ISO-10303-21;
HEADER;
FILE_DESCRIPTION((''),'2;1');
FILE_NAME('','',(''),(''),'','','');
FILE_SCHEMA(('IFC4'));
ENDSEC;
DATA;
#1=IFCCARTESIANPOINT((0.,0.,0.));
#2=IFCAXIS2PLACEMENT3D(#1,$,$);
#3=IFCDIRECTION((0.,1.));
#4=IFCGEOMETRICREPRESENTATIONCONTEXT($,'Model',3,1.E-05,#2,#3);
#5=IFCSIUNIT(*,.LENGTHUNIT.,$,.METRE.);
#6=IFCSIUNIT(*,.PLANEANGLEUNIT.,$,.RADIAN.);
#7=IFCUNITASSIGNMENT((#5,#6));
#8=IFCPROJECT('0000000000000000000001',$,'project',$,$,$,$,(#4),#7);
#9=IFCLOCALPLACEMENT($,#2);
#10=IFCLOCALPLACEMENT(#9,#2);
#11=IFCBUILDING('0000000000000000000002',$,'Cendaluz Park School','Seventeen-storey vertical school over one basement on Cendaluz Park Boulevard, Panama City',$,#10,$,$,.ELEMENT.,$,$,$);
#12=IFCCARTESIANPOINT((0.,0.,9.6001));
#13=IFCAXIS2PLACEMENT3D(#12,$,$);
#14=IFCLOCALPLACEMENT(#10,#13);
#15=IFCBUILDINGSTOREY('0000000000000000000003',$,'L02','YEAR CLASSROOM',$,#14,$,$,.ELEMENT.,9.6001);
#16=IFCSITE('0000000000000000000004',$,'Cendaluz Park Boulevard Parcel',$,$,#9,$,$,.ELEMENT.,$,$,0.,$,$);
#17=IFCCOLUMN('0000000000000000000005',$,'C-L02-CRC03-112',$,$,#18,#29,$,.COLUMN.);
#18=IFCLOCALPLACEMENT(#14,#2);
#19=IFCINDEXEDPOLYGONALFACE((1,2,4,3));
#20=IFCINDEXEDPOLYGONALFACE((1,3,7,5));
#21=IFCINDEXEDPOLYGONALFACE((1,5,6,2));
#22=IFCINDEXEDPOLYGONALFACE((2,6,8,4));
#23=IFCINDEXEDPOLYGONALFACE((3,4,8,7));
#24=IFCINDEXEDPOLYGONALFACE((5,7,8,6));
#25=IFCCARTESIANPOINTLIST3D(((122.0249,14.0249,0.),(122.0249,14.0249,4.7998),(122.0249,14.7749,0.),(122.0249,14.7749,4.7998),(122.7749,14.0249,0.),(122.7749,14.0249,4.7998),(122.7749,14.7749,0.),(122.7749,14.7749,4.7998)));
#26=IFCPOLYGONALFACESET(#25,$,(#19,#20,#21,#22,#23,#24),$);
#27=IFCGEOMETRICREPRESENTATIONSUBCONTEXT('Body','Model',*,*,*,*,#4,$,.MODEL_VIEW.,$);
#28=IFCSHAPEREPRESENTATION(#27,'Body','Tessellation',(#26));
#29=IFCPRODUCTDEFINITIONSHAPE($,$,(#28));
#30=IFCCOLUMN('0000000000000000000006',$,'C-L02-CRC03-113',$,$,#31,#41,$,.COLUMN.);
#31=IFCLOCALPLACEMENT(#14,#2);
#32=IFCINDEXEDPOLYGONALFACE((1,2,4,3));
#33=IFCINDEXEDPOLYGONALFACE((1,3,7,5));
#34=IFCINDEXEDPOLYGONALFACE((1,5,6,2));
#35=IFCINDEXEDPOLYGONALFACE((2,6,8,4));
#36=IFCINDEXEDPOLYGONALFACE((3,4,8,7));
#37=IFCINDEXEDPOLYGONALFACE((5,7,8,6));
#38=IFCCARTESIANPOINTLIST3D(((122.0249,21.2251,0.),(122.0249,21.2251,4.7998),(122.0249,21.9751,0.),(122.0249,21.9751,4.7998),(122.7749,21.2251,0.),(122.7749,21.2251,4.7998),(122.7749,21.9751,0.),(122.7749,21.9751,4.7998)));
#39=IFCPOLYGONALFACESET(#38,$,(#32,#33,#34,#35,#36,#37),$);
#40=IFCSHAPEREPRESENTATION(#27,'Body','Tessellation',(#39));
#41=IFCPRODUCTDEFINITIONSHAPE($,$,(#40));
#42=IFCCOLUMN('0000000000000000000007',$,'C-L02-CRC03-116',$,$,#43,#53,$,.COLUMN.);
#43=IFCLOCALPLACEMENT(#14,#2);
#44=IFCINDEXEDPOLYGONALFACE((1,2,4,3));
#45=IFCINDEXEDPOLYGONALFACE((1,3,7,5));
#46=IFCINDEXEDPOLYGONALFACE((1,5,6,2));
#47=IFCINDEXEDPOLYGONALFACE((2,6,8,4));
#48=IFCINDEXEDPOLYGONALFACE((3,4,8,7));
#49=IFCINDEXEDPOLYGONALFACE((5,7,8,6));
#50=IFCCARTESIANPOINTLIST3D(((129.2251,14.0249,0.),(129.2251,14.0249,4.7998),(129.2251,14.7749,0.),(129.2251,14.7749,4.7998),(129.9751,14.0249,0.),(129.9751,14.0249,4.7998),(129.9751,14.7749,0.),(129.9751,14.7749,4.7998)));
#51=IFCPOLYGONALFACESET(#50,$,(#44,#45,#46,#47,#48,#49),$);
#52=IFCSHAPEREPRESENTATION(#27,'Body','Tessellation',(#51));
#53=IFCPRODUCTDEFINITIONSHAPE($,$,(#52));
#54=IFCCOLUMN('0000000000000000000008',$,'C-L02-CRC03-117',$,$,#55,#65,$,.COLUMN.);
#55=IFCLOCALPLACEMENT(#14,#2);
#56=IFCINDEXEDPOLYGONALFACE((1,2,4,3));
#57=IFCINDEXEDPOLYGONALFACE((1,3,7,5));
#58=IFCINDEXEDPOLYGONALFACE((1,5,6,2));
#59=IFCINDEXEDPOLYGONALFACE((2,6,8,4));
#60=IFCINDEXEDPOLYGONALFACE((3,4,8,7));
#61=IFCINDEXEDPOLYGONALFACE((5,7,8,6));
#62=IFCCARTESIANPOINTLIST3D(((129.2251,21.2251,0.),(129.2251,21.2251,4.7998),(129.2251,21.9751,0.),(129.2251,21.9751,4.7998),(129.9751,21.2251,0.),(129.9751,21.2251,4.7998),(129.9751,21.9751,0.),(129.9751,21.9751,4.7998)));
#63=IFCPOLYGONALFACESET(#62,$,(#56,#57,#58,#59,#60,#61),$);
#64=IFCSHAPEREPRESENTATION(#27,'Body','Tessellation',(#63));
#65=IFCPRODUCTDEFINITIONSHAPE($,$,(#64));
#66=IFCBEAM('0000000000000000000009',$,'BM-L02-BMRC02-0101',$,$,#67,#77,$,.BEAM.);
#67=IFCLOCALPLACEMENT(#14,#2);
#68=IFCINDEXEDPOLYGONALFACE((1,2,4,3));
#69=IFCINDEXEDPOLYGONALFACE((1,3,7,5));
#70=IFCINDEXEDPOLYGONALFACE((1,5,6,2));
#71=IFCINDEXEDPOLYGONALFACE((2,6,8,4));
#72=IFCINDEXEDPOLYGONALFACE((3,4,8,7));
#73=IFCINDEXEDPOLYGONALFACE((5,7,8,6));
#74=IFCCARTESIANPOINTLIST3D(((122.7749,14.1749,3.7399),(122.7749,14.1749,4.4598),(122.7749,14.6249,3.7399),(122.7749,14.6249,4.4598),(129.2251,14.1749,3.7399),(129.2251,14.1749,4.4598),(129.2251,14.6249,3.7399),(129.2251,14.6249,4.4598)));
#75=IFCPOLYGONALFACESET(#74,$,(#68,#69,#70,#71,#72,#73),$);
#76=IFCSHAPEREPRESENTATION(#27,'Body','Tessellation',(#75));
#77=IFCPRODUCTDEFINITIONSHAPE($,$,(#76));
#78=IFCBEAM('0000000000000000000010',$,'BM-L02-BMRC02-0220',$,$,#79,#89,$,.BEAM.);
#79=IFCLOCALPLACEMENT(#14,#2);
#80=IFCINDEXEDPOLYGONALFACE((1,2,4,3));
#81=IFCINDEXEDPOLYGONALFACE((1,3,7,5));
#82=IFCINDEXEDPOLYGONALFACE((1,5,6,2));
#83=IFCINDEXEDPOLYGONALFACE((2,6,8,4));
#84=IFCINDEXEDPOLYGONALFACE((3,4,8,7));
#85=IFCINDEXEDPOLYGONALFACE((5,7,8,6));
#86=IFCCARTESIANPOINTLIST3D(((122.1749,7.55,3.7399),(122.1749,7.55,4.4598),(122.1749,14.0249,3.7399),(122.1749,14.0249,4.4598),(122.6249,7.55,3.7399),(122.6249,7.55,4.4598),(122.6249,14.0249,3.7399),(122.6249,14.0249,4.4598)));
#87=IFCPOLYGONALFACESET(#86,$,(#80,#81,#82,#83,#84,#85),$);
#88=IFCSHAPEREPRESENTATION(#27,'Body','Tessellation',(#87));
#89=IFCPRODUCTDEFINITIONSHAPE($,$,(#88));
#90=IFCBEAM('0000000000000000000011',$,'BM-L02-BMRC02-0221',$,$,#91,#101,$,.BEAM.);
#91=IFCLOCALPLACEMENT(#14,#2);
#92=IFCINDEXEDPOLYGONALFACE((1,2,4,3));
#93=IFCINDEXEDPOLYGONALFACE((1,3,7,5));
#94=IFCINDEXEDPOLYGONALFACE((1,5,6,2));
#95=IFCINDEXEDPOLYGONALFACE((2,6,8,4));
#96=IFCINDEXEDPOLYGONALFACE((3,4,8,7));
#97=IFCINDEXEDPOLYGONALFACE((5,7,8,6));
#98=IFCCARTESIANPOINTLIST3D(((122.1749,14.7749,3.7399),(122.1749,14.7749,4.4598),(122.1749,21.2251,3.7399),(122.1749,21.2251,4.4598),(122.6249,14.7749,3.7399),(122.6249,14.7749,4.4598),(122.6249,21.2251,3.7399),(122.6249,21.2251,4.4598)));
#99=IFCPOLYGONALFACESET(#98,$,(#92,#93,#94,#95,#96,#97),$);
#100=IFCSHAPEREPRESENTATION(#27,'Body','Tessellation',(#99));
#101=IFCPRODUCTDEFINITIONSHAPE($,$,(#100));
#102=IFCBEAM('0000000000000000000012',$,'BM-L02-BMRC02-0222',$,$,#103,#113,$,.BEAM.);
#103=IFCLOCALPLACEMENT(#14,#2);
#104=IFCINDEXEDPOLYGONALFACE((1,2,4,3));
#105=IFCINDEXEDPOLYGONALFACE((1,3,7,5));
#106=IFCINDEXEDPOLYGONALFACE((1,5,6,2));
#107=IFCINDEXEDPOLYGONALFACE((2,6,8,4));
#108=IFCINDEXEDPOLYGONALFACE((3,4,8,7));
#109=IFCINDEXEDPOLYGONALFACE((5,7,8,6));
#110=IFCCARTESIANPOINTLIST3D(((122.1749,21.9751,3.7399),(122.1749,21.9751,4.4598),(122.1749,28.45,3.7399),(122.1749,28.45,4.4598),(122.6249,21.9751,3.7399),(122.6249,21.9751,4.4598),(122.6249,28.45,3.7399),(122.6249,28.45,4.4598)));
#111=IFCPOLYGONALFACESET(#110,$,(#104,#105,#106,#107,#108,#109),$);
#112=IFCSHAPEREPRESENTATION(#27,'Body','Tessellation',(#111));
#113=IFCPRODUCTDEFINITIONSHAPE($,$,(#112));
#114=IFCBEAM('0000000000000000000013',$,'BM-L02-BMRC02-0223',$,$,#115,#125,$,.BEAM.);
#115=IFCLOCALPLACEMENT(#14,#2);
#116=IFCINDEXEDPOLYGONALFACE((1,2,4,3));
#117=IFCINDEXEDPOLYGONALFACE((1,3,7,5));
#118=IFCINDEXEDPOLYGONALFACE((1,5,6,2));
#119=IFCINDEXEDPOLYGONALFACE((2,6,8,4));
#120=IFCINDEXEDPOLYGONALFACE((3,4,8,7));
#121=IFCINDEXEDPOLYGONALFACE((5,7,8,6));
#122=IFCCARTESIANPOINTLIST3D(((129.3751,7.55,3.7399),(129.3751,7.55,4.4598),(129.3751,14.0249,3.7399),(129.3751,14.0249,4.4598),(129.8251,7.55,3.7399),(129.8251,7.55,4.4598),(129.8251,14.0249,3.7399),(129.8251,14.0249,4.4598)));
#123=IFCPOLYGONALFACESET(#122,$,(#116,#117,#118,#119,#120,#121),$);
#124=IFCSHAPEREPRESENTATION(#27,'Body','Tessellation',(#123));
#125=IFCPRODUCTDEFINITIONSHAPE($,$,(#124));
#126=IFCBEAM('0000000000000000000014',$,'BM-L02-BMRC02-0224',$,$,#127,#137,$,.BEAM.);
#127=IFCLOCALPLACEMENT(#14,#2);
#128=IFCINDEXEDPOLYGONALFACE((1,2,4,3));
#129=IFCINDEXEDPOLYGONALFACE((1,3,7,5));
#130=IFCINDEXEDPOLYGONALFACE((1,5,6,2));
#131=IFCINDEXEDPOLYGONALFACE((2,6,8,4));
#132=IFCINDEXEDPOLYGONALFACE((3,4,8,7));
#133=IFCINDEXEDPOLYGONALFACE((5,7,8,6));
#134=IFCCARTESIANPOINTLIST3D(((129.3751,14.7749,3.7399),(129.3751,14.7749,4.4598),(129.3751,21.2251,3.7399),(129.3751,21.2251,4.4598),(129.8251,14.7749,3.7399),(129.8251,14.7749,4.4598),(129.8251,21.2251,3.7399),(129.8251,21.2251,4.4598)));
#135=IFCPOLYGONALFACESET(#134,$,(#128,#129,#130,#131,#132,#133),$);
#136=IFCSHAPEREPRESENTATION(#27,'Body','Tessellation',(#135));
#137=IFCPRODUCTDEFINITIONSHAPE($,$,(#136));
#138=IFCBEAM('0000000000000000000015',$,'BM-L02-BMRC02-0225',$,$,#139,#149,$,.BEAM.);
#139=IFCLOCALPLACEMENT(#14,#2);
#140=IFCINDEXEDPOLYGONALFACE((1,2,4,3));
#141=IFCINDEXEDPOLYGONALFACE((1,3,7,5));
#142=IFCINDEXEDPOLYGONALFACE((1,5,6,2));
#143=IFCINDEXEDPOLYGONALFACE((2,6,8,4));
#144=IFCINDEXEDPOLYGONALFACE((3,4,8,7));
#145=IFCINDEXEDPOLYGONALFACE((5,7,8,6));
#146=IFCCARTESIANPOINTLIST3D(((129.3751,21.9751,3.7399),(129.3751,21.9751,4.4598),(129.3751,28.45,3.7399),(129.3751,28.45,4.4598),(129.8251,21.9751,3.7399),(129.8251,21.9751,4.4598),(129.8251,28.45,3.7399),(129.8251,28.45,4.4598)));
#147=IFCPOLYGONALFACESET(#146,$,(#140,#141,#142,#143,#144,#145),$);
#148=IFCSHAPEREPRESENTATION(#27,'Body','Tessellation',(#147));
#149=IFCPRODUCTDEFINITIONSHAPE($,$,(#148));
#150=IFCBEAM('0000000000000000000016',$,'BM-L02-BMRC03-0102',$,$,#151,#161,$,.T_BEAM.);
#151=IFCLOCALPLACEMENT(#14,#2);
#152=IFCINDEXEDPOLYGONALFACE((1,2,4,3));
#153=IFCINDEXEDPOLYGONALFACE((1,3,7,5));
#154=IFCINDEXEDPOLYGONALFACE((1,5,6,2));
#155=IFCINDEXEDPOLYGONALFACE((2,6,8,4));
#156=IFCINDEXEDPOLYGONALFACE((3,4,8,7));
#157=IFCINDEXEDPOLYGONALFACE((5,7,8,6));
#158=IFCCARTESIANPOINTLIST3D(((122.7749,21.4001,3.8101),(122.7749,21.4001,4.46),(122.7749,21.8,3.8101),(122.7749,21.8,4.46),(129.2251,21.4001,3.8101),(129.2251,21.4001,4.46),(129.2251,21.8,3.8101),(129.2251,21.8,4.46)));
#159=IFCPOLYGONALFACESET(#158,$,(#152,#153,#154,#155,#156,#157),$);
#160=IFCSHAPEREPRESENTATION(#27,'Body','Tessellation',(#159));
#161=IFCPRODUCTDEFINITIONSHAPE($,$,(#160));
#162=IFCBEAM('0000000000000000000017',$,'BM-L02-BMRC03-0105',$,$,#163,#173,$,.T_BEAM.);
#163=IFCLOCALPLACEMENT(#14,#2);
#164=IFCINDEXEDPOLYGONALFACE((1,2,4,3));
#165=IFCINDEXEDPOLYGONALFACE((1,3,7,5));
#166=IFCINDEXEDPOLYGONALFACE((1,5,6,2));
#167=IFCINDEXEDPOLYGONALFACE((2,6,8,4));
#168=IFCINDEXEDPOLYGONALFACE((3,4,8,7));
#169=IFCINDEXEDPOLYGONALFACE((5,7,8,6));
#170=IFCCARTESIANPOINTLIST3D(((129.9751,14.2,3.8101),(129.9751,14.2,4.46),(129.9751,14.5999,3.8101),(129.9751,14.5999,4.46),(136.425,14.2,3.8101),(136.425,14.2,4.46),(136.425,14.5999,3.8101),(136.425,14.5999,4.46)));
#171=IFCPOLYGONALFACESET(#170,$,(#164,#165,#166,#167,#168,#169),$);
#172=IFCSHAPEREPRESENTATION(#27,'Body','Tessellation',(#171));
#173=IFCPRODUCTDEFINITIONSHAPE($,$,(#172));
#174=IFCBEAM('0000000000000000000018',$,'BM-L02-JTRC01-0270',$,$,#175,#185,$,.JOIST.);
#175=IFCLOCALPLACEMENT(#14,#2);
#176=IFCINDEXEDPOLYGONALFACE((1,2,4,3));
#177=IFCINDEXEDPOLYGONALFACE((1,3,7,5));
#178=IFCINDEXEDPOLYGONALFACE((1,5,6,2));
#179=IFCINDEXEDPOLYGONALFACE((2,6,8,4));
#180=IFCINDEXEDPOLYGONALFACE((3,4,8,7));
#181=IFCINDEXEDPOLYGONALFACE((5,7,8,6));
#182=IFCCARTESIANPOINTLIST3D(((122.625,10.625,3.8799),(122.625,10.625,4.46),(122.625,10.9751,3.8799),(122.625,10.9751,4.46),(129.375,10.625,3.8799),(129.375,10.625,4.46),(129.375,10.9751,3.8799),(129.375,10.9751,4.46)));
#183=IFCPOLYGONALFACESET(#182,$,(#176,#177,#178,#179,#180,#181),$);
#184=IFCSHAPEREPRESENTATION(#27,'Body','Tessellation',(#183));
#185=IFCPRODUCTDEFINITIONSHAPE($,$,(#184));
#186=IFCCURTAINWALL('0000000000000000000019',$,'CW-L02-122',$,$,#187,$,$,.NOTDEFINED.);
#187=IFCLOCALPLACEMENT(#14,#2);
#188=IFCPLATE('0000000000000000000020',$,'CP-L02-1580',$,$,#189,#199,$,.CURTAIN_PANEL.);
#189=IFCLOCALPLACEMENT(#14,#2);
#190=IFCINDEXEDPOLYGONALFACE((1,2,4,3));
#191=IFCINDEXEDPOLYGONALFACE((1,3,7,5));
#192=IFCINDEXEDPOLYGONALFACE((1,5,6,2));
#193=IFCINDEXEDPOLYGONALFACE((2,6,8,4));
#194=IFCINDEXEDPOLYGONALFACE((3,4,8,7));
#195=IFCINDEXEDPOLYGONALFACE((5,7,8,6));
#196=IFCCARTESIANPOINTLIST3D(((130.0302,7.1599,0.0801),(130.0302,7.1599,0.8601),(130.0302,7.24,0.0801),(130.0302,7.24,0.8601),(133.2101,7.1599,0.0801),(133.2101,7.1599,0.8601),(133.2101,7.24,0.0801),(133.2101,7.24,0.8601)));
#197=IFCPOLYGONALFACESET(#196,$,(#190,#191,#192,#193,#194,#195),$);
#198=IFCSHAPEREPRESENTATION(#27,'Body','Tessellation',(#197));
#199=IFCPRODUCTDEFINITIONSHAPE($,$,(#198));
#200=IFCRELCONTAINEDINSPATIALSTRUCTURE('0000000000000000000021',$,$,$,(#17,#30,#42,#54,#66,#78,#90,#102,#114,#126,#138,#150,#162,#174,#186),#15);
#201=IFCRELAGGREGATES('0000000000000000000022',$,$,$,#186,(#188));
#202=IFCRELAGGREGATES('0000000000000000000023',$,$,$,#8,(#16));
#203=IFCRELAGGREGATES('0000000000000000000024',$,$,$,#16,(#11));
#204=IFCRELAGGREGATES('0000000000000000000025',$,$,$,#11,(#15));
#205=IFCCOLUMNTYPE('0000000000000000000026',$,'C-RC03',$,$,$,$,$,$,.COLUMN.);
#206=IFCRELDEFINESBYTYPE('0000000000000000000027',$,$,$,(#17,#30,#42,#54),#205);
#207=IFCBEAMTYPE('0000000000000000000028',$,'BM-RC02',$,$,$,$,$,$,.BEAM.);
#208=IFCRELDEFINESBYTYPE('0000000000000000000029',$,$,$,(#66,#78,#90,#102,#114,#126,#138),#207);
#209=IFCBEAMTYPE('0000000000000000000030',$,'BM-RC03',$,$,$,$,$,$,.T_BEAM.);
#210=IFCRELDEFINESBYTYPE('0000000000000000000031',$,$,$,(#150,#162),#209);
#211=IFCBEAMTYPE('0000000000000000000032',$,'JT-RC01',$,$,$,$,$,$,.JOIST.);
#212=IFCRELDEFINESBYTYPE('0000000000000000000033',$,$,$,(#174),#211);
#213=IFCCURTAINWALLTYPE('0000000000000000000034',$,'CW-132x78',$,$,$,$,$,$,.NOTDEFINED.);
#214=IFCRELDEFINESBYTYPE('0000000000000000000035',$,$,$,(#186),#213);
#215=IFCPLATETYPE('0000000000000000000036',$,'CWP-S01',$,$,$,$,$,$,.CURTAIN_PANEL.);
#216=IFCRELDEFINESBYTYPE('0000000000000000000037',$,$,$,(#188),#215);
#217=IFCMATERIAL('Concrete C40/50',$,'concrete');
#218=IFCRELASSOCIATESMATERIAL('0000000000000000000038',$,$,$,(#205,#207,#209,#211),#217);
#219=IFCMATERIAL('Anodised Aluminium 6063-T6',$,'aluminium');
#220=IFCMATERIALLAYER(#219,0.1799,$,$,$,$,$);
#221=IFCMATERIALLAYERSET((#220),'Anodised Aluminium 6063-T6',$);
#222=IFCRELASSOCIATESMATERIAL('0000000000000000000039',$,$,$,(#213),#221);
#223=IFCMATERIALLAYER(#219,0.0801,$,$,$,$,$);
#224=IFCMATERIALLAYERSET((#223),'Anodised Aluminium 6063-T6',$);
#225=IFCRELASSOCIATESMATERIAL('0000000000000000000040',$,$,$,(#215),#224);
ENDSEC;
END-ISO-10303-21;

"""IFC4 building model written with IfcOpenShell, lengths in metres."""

from ifc_helpers import new_model, si_unit, direction, frame, origin, origin_2d, place, context, subcontext, project, spatial, rectangle, extrude, material, layer, layer_set, material_profile, profile_set, type_object, element, aggregate, save


model = new_model("IFC4")

# Units and contexts
model_context = context("Model", 3, precision=1e-05, world=origin(), true_north=direction((0.0, 1.0)))
body_context = subcontext(model_context, "Body", "Model", "MODEL_VIEW")
ifc_project = project(units=[si_unit("LENGTHUNIT", "METRE"), si_unit("PLANEANGLEUNIT", "RADIAN")], contexts=[model_context])

# Site, building, storey
site_placement = place(None, origin())
site = spatial("IfcSite", under=ifc_project, at=site_placement, Name="Cendaluz Park Boulevard Parcel", CompositionType="ELEMENT", RefElevation=0.0)
building_placement = place(site_placement, origin())
building = spatial("IfcBuilding", under=site, at=building_placement, Name="Cendaluz Park School", Description="Seventeen-storey vertical school over one basement on Cendaluz Park Boulevard, Panama City", CompositionType="ELEMENT")
storey_placement = place(building_placement, frame((0.0, 0.0, 9.6001)))
storey = spatial("IfcBuildingStorey", under=building, at=storey_placement, Name="L02", Description="YEAR CLASSROOM", CompositionType="ELEMENT", Elevation=9.6001)

# Columns
ifc_material_1 = material(Name="Concrete C40/50", Category="concrete")
ifc_material_profile_1 = material_profile(ifc_material_1, rectangle(XDim=0.75, YDim=0.75, at=origin_2d()), Name="RC 750x750", Category="concrete")
ifc_profile_set_1 = profile_set([ifc_material_profile_1], Name="Concrete C40/50")
column_type = type_object("IfcColumnType", Name="C-RC03", PredefinedType="COLUMN", material=ifc_profile_set_1)
for number, where, z_axis, x_axis, name in (
    (1, (122.3999, 14.3999, 0.0), (0.0, 0.0, 1.0), (1.0, 0.0, 0.0), "C-L02-CRC03-112"),
    (2, (122.3999, 21.6001, 0.0), (0.0, 0.0, 1.0), (1.0, 0.0, 0.0), "C-L02-CRC03-113"),
    (3, (129.6001, 14.3999, 0.0), (0.0, 0.0, 1.0), (1.0, 0.0, 0.0), "C-L02-CRC03-116"),
    (4, (129.6001, 21.6001, 0.0), (0.0, 0.0, 1.0), (1.0, 0.0, 0.0), "C-L02-CRC03-117"),
):
    element("IfcColumn", number, at=place(storey_placement, frame(where, z_axis=z_axis, x_axis=x_axis)), inside=storey, type_object=column_type, Name=name, PredefinedType="COLUMN", context=body_context, shape_type="SweptSolid", body=[
        extrude(rectangle(XDim=0.75, YDim=0.75, at=origin_2d()), origin(), (0.0, 0.0, 1.0), 4.7998),
    ])

# Beams
ifc_material_profile_2 = material_profile(ifc_material_1, rectangle(XDim=0.45, YDim=0.72, at=origin_2d()), Name="RC 450x720", Category="concrete")
ifc_profile_set_2 = profile_set([ifc_material_profile_2], Name="Concrete C40/50")
beam_type_1 = type_object("IfcBeamType", Name="BM-RC02", PredefinedType="BEAM", material=ifc_profile_set_2)
beam_1_placement = place(storey_placement, frame((122.7749, 14.3999, 4.0999), z_axis=(1.0, 0.0, 0.0), x_axis=(0.0, 1.0, 0.0)))
element("IfcBeam", 5, at=beam_1_placement, inside=storey, type_object=beam_type_1, Name="BM-L02-BMRC02-0101", PredefinedType="BEAM", context=body_context, shape_type="SweptSolid", body=[
    extrude(rectangle(XDim=0.45, YDim=0.72, at=origin_2d()), origin(), (0.0, 0.0, 1.0), 6.4502),
])
beam_2_placement = place(storey_placement, frame((122.3999, 7.55, 4.0999), z_axis=(0.0, 1.0, 0.0), x_axis=(-1.0, 0.0, 0.0)))
element("IfcBeam", 6, at=beam_2_placement, inside=storey, type_object=beam_type_1, Name="BM-L02-BMRC02-0220", PredefinedType="BEAM", context=body_context, shape_type="SweptSolid", body=[
    extrude(rectangle(XDim=0.45, YDim=0.72, at=origin_2d()), origin(), (0.0, 0.0, 1.0), 6.4749),
])
beam_3_placement = place(storey_placement, frame((122.3999, 14.7749, 4.0999), z_axis=(0.0, 1.0, 0.0), x_axis=(-1.0, 0.0, 0.0)))
element("IfcBeam", 7, at=beam_3_placement, inside=storey, type_object=beam_type_1, Name="BM-L02-BMRC02-0221", PredefinedType="BEAM", context=body_context, shape_type="SweptSolid", body=[
    extrude(rectangle(XDim=0.45, YDim=0.72, at=origin_2d()), origin(), (0.0, 0.0, 1.0), 6.4502),
])
for number, where, z_axis, x_axis, name in (
    (8, (122.3999, 21.9751, 4.0999), (0.0, 1.0, 0.0), (-1.0, 0.0, 0.0), "BM-L02-BMRC02-0222"),
    (9, (129.6001, 7.55, 4.0999), (0.0, 1.0, 0.0), (-1.0, 0.0, 0.0), "BM-L02-BMRC02-0223"),
):
    element("IfcBeam", number, at=place(storey_placement, frame(where, z_axis=z_axis, x_axis=x_axis)), inside=storey, type_object=beam_type_1, Name=name, PredefinedType="BEAM", context=body_context, shape_type="SweptSolid", body=[
        extrude(rectangle(XDim=0.45, YDim=0.72, at=origin_2d()), origin(), (0.0, 0.0, 1.0), 6.4749),
    ])
beam_4_placement = place(storey_placement, frame((129.6001, 14.7749, 4.0999), z_axis=(0.0, 1.0, 0.0), x_axis=(-1.0, 0.0, 0.0)))
element("IfcBeam", 10, at=beam_4_placement, inside=storey, type_object=beam_type_1, Name="BM-L02-BMRC02-0224", PredefinedType="BEAM", context=body_context, shape_type="SweptSolid", body=[
    extrude(rectangle(XDim=0.45, YDim=0.72, at=origin_2d()), origin(), (0.0, 0.0, 1.0), 6.4502),
])
beam_5_placement = place(storey_placement, frame((129.6001, 21.9751, 4.0999), z_axis=(0.0, 1.0, 0.0), x_axis=(-1.0, 0.0, 0.0)))
element("IfcBeam", 11, at=beam_5_placement, inside=storey, type_object=beam_type_1, Name="BM-L02-BMRC02-0225", PredefinedType="BEAM", context=body_context, shape_type="SweptSolid", body=[
    extrude(rectangle(XDim=0.45, YDim=0.72, at=origin_2d()), origin(), (0.0, 0.0, 1.0), 6.4749),
])
ifc_material_profile_3 = material_profile(ifc_material_1, rectangle(XDim=0.3999, YDim=0.6499, at=origin_2d()), Name="RC 400x650", Category="concrete")
ifc_profile_set_3 = profile_set([ifc_material_profile_3], Name="Concrete C40/50")
beam_type_2 = type_object("IfcBeamType", Name="BM-RC03", PredefinedType="T_BEAM", material=ifc_profile_set_3)
beam_6_placement = place(storey_placement, frame((122.7749, 21.6001, 4.135), z_axis=(1.0, 0.0, 0.0), x_axis=(0.0, 1.0, 0.0)))
element("IfcBeam", 12, at=beam_6_placement, inside=storey, type_object=beam_type_2, Name="BM-L02-BMRC03-0102", PredefinedType="T_BEAM", context=body_context, shape_type="SweptSolid", body=[
    extrude(rectangle(XDim=0.3999, YDim=0.6499, at=origin_2d()), origin(), (0.0, 0.0, 1.0), 6.4502),
])
beam_7_placement = place(storey_placement, frame((129.9751, 14.3999, 4.135), z_axis=(1.0, 0.0, 0.0), x_axis=(0.0, 1.0, 0.0)))
element("IfcBeam", 13, at=beam_7_placement, inside=storey, type_object=beam_type_2, Name="BM-L02-BMRC03-0105", PredefinedType="T_BEAM", context=body_context, shape_type="SweptSolid", body=[
    extrude(rectangle(XDim=0.3999, YDim=0.6499, at=origin_2d()), origin(), (0.0, 0.0, 1.0), 6.45),
])
ifc_material_profile_4 = material_profile(ifc_material_1, rectangle(XDim=0.3501, YDim=0.5801, at=origin_2d()), Name="RC 350x580", Category="concrete")
ifc_profile_set_4 = profile_set([ifc_material_profile_4], Name="Concrete C40/50")
beam_type_3 = type_object("IfcBeamType", Name="JT-RC01", PredefinedType="JOIST", material=ifc_profile_set_4)
beam_8_placement = place(storey_placement, frame((122.625, 10.8, 4.1699), z_axis=(1.0, 0.0, 0.0), x_axis=(0.0, 1.0, 0.0)))
element("IfcBeam", 14, at=beam_8_placement, inside=storey, type_object=beam_type_3, Name="BM-L02-JTRC01-0270", PredefinedType="JOIST", context=body_context, shape_type="SweptSolid", body=[
    extrude(rectangle(XDim=0.3501, YDim=0.5801, at=origin_2d()), origin(), (0.0, 0.0, 1.0), 6.75),
])

# Curtain wall, plate
ifc_material_2 = material(Name="Anodised Aluminium 6063-T6", Category="aluminium")
ifc_layer_1 = layer(ifc_material_2, 0.1799)
ifc_layer_set_1 = layer_set([ifc_layer_1], Name="Anodised Aluminium 6063-T6")
curtain_wall_type = type_object("IfcCurtainWallType", Name="CW-132x78", PredefinedType="NOTDEFINED", material=ifc_layer_set_1)
curtain_wall_placement = place(storey_placement, origin())
curtain_wall = element("IfcCurtainWall", 15, at=curtain_wall_placement, inside=storey, type_object=curtain_wall_type, Name="CW-L02-122", PredefinedType="NOTDEFINED")
ifc_layer_2 = layer(ifc_material_2, 0.0801)
ifc_layer_set_2 = layer_set([ifc_layer_2], Name="Anodised Aluminium 6063-T6")
plate_type = type_object("IfcPlateType", Name="CWP-S01", PredefinedType="CURTAIN_PANEL", material=ifc_layer_set_2)
plate_placement = place(storey_placement, frame((131.6201, 7.2, 0.0801), z_axis=(0.0, 0.0, 1.0), x_axis=(1.0, 0.0, 0.0)))
plate = element("IfcPlate", 16, at=plate_placement, type_object=plate_type, Name="CP-L02-1580", PredefinedType="CURTAIN_PANEL", context=body_context, shape_type="SweptSolid", body=[
    extrude(rectangle(XDim=3.1799, YDim=0.0801, at=origin_2d()), origin(), (0.0, 0.0, 1.0), 0.78),
])
aggregate(curtain_wall, [plate])

save(model, "model.ifc")
